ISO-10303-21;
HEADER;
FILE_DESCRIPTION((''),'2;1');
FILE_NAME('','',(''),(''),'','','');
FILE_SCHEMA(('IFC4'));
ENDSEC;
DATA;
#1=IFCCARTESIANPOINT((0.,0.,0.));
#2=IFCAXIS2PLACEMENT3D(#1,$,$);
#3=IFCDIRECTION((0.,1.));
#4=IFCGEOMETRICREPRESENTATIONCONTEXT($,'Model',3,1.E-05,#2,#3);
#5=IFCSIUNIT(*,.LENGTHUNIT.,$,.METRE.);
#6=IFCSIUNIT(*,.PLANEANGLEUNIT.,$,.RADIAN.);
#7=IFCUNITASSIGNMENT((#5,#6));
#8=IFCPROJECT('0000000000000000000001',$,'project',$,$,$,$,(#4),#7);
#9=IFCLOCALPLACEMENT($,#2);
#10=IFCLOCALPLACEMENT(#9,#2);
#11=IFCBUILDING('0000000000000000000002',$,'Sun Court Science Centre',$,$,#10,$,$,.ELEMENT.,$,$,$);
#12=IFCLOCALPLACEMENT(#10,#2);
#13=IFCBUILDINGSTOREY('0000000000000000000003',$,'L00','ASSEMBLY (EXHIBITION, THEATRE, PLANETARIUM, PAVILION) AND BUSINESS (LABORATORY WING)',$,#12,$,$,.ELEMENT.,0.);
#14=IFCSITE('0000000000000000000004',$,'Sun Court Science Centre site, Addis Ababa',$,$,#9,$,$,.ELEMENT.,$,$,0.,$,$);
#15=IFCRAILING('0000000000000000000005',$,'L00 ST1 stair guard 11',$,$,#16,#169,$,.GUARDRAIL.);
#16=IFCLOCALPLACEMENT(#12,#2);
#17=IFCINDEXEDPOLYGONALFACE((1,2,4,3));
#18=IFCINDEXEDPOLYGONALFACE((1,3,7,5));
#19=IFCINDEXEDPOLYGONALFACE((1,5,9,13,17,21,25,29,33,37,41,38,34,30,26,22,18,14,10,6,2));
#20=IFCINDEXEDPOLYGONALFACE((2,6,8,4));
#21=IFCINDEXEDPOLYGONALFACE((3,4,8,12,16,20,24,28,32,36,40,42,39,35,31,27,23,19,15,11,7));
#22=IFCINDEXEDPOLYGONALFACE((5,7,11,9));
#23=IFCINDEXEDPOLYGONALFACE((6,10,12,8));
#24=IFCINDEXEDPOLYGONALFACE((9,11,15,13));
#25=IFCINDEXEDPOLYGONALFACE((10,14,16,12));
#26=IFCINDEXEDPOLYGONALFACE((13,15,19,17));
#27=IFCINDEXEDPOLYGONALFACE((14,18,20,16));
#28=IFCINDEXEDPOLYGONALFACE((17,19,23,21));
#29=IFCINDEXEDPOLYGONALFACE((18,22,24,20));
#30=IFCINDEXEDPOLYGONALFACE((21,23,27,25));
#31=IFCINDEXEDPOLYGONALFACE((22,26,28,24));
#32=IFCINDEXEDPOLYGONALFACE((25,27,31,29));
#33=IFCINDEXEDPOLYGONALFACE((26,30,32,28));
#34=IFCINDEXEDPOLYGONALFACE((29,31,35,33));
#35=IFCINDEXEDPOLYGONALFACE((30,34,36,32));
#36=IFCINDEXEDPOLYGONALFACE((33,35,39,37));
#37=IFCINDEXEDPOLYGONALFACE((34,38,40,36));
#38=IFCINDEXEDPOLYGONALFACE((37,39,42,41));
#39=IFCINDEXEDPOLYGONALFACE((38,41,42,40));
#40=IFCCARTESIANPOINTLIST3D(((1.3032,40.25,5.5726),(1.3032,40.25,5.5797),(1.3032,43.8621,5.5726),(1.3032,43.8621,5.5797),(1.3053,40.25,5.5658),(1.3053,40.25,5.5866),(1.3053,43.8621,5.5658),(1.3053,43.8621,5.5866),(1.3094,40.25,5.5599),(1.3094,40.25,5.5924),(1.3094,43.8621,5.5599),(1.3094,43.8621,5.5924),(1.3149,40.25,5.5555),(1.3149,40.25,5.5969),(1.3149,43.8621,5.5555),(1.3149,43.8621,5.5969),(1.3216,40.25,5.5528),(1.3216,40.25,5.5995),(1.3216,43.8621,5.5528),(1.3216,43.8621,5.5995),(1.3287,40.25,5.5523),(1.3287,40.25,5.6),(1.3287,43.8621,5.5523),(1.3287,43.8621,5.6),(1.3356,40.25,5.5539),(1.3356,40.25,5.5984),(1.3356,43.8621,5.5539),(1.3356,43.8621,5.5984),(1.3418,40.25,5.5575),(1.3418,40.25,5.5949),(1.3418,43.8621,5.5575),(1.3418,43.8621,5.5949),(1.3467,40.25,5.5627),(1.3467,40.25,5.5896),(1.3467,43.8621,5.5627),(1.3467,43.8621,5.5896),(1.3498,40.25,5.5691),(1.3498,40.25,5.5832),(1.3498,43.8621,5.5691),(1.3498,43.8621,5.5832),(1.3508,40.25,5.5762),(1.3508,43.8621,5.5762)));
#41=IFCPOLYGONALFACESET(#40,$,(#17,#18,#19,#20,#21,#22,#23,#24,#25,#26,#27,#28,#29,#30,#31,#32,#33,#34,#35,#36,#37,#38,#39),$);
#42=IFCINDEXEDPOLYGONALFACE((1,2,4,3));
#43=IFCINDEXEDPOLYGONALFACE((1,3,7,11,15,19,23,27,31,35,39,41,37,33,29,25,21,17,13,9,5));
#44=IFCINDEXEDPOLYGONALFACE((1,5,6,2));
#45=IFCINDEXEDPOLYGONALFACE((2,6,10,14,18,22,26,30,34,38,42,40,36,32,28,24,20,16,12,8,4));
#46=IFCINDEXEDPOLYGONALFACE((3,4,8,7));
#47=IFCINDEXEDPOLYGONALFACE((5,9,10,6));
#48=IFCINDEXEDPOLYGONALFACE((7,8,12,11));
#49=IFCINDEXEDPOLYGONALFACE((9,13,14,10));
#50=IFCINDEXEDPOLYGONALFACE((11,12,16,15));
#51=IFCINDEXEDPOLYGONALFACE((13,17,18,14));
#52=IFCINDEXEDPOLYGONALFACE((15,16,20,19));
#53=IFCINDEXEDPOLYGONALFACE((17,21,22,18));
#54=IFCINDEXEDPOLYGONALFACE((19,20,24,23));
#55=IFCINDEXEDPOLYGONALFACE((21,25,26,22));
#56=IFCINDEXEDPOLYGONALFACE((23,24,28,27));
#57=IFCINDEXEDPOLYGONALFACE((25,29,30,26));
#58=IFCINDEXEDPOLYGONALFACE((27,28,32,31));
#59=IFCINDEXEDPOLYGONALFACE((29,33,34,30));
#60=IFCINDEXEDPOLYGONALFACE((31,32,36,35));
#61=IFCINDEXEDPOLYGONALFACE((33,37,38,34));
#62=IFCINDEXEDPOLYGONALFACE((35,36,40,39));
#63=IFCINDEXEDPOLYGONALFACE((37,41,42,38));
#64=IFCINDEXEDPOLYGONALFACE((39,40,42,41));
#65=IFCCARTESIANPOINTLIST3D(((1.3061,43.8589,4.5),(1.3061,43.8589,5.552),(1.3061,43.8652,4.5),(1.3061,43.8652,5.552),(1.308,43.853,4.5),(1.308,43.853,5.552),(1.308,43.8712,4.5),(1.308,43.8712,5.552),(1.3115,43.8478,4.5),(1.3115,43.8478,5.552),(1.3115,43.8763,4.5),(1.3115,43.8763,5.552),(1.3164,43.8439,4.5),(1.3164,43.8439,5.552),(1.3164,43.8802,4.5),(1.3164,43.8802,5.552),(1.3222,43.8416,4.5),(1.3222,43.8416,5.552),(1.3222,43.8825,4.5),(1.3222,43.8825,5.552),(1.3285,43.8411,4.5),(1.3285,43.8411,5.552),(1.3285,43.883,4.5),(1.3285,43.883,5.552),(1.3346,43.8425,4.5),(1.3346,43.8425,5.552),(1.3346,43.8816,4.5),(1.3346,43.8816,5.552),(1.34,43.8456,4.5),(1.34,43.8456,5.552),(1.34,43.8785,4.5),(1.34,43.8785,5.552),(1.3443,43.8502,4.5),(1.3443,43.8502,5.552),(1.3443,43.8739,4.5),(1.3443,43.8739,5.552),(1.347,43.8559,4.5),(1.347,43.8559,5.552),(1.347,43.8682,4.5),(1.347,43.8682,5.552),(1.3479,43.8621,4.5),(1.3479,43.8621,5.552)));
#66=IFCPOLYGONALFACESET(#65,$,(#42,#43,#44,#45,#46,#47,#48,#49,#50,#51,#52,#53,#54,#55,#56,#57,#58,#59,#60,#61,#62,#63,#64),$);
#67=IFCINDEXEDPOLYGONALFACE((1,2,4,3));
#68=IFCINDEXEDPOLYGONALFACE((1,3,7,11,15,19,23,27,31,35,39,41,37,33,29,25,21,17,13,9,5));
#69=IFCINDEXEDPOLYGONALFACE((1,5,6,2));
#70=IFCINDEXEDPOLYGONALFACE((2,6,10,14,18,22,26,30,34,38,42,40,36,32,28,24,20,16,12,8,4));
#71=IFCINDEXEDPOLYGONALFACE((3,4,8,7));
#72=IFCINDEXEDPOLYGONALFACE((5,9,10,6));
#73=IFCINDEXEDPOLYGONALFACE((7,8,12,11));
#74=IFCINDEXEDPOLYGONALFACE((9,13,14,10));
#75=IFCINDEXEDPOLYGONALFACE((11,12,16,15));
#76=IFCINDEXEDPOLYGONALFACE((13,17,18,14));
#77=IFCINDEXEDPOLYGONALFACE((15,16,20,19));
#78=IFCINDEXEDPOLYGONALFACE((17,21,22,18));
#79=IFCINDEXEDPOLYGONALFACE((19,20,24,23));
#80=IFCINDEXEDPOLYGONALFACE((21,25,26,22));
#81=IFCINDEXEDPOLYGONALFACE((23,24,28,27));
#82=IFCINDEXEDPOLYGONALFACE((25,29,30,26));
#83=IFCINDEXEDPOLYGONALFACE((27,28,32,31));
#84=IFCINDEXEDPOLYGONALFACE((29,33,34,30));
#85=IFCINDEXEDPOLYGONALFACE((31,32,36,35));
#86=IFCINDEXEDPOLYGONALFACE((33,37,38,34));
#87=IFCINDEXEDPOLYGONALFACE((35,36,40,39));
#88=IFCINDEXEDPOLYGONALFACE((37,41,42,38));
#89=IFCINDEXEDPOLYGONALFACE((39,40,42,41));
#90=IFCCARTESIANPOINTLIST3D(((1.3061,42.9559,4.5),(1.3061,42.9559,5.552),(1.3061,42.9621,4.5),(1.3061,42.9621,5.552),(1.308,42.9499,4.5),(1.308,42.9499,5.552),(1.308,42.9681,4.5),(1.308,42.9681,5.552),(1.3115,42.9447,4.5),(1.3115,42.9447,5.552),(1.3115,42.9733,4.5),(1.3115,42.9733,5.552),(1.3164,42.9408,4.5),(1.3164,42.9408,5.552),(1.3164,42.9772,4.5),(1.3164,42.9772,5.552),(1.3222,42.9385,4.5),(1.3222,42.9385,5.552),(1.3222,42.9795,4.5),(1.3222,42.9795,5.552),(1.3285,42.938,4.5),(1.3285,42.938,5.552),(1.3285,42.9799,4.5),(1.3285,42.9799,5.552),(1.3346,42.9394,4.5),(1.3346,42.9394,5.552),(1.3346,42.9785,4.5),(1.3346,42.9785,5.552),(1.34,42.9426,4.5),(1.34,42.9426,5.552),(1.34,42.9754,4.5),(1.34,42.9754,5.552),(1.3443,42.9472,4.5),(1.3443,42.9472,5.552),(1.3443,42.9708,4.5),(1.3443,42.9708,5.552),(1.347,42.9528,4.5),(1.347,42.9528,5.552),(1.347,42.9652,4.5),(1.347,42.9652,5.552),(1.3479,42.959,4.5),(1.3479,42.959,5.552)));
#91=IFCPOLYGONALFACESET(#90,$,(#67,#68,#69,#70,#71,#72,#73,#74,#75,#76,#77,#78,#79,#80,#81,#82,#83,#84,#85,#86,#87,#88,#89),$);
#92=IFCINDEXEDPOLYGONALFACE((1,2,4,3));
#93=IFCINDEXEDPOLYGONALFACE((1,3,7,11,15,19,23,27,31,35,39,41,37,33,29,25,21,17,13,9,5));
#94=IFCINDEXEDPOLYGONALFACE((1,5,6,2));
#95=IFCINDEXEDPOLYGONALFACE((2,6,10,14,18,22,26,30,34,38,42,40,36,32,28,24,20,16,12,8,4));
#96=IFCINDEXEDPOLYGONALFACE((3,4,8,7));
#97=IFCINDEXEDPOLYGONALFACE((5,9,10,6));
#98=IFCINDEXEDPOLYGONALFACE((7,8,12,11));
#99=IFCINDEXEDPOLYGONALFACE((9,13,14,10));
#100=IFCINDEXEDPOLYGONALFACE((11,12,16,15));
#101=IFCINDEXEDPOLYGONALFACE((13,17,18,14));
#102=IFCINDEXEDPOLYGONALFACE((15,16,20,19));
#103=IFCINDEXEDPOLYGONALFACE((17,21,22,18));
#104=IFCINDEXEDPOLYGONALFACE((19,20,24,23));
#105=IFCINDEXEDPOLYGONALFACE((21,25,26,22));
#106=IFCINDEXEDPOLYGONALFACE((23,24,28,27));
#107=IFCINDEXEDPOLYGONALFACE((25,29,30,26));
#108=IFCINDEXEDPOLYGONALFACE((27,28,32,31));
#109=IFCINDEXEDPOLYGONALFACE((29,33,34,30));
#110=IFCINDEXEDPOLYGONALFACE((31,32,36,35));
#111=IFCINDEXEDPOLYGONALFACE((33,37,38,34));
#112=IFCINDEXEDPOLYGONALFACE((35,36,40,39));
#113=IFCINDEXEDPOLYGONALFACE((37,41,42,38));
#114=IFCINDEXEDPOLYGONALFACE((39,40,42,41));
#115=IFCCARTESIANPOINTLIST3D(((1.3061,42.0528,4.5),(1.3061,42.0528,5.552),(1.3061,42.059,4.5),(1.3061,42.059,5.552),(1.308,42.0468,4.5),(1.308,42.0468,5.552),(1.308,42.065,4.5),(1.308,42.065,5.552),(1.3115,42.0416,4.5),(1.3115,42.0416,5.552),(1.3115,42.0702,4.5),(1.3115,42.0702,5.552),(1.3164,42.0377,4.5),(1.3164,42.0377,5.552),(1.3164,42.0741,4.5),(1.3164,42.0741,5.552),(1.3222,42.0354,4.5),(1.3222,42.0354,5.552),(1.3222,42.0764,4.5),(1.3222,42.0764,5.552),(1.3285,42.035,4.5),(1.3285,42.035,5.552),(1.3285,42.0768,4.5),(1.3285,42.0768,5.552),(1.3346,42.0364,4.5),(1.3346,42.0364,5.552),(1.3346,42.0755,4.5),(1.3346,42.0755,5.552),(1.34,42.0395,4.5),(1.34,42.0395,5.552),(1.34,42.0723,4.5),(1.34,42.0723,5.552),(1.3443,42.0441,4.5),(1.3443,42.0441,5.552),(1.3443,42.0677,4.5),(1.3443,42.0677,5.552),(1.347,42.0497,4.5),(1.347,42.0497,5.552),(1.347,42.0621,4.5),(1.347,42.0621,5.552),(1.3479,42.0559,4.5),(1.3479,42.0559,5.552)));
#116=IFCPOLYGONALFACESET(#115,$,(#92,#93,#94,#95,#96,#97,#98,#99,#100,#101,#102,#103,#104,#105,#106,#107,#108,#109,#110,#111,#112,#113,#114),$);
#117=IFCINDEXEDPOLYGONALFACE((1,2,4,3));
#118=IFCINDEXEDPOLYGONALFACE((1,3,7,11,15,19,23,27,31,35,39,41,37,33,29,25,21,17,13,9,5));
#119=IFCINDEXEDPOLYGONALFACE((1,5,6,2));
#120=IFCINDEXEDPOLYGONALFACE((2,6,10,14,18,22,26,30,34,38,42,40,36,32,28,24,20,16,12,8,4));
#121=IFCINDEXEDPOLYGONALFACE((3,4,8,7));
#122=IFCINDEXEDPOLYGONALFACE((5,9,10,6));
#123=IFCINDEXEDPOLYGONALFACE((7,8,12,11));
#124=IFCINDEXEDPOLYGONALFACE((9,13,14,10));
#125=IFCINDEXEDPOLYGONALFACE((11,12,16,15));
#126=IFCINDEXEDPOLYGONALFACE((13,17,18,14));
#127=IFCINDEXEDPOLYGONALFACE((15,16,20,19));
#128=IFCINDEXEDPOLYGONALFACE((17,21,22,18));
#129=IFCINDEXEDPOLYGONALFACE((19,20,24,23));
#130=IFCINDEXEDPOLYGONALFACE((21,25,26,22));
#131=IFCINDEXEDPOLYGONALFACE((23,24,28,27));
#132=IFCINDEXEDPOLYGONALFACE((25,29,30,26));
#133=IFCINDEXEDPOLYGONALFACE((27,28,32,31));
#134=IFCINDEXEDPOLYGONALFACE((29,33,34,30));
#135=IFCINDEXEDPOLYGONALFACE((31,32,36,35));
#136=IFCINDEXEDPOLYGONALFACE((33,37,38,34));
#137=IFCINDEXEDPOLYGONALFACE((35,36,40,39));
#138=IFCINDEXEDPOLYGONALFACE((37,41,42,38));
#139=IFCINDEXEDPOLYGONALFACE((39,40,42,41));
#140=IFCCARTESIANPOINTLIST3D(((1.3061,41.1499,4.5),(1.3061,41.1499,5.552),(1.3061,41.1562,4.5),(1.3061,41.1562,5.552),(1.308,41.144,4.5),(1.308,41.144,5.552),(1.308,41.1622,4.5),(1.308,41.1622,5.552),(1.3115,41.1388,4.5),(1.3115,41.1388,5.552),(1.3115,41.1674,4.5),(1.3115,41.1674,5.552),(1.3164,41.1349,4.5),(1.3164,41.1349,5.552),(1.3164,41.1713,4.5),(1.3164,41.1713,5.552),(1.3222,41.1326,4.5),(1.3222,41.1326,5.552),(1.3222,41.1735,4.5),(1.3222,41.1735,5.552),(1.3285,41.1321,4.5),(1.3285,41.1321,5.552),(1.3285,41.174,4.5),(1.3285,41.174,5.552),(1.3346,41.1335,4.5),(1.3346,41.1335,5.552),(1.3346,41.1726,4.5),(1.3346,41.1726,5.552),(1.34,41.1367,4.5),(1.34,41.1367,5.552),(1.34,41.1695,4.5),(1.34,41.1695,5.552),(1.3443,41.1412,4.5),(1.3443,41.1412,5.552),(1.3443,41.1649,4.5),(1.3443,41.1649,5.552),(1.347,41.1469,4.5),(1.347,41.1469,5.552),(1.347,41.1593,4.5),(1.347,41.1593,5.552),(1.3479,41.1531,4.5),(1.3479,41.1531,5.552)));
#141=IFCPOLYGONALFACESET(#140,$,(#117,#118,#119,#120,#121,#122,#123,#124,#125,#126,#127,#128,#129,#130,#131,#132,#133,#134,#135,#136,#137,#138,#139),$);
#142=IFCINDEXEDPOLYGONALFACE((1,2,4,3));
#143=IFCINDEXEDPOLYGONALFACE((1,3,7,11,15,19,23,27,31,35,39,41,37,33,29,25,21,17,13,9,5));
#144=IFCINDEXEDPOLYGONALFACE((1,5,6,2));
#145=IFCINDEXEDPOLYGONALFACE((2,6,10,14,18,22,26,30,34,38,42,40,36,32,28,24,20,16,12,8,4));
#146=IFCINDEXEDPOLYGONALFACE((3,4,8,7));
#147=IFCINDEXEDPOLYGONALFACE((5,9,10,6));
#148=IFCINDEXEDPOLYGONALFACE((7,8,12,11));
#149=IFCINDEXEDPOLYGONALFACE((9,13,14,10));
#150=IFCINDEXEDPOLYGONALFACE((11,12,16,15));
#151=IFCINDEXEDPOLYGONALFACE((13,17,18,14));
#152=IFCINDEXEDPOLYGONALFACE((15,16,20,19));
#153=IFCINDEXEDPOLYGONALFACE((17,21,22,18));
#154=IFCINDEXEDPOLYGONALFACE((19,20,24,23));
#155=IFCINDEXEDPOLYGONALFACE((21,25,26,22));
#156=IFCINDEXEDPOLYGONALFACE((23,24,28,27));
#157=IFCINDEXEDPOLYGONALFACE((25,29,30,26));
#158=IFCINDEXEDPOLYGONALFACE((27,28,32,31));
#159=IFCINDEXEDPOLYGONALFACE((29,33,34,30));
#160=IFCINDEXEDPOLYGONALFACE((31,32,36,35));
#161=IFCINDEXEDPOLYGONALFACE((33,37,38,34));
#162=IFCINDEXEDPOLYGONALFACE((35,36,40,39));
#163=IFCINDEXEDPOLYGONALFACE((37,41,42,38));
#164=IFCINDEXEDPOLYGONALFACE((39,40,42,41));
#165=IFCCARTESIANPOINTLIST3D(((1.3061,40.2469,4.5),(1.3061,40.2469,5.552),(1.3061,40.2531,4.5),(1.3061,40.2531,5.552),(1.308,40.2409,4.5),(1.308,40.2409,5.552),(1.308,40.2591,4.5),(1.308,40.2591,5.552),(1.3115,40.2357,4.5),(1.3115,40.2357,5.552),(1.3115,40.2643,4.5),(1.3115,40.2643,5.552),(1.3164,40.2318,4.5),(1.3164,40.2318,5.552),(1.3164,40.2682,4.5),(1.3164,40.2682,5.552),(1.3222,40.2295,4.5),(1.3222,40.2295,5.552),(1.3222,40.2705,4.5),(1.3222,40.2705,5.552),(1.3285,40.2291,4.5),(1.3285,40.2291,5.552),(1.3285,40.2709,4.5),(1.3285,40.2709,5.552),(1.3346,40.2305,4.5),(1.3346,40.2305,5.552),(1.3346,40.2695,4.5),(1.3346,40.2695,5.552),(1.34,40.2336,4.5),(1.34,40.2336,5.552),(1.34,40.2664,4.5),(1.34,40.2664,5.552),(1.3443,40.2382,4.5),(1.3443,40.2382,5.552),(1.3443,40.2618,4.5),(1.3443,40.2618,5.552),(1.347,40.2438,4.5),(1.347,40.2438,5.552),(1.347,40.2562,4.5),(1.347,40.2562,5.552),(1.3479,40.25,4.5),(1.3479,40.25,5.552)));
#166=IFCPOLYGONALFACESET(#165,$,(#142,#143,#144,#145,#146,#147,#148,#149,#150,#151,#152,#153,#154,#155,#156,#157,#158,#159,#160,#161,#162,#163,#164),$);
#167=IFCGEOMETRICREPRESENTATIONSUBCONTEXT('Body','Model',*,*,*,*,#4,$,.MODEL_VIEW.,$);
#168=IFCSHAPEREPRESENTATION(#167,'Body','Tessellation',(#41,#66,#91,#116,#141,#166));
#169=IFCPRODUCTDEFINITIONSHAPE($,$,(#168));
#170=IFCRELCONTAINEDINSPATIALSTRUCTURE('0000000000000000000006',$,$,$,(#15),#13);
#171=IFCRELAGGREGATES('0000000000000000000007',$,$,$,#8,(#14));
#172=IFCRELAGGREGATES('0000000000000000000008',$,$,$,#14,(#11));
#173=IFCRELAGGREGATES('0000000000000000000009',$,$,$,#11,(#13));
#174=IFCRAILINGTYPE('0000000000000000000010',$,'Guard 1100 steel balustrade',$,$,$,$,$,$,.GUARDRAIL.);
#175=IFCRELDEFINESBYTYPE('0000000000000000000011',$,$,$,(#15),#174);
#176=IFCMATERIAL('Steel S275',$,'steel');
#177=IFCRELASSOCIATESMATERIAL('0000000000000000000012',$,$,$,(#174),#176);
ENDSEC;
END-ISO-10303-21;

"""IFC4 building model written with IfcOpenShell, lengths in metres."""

from ifc_helpers import new_model, si_unit, direction, frame, origin, origin_2d, place, context, subcontext, project, spatial, circle, extrude, material, type_object, element, save


model = new_model("IFC4")

# Units and contexts
model_context = context("Model", 3, precision=1e-05, world=origin(), true_north=direction((0.0, 1.0)))
body_context = subcontext(model_context, "Body", "Model", "MODEL_VIEW")
ifc_project = project(units=[si_unit("LENGTHUNIT", "METRE"), si_unit("PLANEANGLEUNIT", "RADIAN")], contexts=[model_context])

# Site, building, storey
site_placement = place(None, origin())
site = spatial("IfcSite", under=ifc_project, at=site_placement, Name="Sun Court Science Centre site, Addis Ababa", CompositionType="ELEMENT", RefElevation=0.0)
building_placement = place(site_placement, origin())
building = spatial("IfcBuilding", under=site, at=building_placement, Name="Sun Court Science Centre", CompositionType="ELEMENT")
storey_placement = place(building_placement, origin())
storey = spatial("IfcBuildingStorey", under=building, at=storey_placement, Name="L00", Description="ASSEMBLY (EXHIBITION, THEATRE, PLANETARIUM, PAVILION) AND BUSINESS (LABORATORY WING)", CompositionType="ELEMENT", Elevation=0.0)

# Railing
ifc_material_1 = material(Name="Steel S275", Category="steel")
railing_type_1 = type_object("IfcRailingType", Name="Guard 1100 steel balustrade", PredefinedType="GUARDRAIL", material=ifc_material_1)
for number, where, name in (
    (1, (1.3269, 43.8621, 4.5), "L00 ST1 stair guard 11"),
):
    element("IfcRailing", number, at=place(storey_placement, frame(where)), inside=storey, type_object=railing_type_1, Name=name, PredefinedType="GUARDRAIL", context=body_context, shape_type="SweptSolid", body=[
        extrude(circle(Radius=0.0239, at=origin_2d()), frame((0.0, 0.0, 1.0762), z_axis=(0.0, -1.0, 0.0), x_axis=(1.0, 0.0, 0.0)), (0.0, 0.0, 1.0), 3.6121),
        extrude(circle(Radius=0.021, at=origin_2d()), origin(), (0.0, 0.0, 1.0), 1.052),
        extrude(circle(Radius=0.021, at=origin_2d()), frame((0.0, -0.9031, 0.0)), (0.0, 0.0, 1.0), 1.052),
        extrude(circle(Radius=0.021, at=origin_2d()), frame((0.0, -1.8062, 0.0)), (0.0, 0.0, 1.0), 1.052),
        extrude(circle(Radius=0.021, at=origin_2d()), frame((0.0, -2.709, 0.0)), (0.0, 0.0, 1.0), 1.052),
        extrude(circle(Radius=0.021, at=origin_2d()), frame((0.0, -3.6121, 0.0)), (0.0, 0.0, 1.0), 1.052),
    ])

save(model, "model.ifc")
